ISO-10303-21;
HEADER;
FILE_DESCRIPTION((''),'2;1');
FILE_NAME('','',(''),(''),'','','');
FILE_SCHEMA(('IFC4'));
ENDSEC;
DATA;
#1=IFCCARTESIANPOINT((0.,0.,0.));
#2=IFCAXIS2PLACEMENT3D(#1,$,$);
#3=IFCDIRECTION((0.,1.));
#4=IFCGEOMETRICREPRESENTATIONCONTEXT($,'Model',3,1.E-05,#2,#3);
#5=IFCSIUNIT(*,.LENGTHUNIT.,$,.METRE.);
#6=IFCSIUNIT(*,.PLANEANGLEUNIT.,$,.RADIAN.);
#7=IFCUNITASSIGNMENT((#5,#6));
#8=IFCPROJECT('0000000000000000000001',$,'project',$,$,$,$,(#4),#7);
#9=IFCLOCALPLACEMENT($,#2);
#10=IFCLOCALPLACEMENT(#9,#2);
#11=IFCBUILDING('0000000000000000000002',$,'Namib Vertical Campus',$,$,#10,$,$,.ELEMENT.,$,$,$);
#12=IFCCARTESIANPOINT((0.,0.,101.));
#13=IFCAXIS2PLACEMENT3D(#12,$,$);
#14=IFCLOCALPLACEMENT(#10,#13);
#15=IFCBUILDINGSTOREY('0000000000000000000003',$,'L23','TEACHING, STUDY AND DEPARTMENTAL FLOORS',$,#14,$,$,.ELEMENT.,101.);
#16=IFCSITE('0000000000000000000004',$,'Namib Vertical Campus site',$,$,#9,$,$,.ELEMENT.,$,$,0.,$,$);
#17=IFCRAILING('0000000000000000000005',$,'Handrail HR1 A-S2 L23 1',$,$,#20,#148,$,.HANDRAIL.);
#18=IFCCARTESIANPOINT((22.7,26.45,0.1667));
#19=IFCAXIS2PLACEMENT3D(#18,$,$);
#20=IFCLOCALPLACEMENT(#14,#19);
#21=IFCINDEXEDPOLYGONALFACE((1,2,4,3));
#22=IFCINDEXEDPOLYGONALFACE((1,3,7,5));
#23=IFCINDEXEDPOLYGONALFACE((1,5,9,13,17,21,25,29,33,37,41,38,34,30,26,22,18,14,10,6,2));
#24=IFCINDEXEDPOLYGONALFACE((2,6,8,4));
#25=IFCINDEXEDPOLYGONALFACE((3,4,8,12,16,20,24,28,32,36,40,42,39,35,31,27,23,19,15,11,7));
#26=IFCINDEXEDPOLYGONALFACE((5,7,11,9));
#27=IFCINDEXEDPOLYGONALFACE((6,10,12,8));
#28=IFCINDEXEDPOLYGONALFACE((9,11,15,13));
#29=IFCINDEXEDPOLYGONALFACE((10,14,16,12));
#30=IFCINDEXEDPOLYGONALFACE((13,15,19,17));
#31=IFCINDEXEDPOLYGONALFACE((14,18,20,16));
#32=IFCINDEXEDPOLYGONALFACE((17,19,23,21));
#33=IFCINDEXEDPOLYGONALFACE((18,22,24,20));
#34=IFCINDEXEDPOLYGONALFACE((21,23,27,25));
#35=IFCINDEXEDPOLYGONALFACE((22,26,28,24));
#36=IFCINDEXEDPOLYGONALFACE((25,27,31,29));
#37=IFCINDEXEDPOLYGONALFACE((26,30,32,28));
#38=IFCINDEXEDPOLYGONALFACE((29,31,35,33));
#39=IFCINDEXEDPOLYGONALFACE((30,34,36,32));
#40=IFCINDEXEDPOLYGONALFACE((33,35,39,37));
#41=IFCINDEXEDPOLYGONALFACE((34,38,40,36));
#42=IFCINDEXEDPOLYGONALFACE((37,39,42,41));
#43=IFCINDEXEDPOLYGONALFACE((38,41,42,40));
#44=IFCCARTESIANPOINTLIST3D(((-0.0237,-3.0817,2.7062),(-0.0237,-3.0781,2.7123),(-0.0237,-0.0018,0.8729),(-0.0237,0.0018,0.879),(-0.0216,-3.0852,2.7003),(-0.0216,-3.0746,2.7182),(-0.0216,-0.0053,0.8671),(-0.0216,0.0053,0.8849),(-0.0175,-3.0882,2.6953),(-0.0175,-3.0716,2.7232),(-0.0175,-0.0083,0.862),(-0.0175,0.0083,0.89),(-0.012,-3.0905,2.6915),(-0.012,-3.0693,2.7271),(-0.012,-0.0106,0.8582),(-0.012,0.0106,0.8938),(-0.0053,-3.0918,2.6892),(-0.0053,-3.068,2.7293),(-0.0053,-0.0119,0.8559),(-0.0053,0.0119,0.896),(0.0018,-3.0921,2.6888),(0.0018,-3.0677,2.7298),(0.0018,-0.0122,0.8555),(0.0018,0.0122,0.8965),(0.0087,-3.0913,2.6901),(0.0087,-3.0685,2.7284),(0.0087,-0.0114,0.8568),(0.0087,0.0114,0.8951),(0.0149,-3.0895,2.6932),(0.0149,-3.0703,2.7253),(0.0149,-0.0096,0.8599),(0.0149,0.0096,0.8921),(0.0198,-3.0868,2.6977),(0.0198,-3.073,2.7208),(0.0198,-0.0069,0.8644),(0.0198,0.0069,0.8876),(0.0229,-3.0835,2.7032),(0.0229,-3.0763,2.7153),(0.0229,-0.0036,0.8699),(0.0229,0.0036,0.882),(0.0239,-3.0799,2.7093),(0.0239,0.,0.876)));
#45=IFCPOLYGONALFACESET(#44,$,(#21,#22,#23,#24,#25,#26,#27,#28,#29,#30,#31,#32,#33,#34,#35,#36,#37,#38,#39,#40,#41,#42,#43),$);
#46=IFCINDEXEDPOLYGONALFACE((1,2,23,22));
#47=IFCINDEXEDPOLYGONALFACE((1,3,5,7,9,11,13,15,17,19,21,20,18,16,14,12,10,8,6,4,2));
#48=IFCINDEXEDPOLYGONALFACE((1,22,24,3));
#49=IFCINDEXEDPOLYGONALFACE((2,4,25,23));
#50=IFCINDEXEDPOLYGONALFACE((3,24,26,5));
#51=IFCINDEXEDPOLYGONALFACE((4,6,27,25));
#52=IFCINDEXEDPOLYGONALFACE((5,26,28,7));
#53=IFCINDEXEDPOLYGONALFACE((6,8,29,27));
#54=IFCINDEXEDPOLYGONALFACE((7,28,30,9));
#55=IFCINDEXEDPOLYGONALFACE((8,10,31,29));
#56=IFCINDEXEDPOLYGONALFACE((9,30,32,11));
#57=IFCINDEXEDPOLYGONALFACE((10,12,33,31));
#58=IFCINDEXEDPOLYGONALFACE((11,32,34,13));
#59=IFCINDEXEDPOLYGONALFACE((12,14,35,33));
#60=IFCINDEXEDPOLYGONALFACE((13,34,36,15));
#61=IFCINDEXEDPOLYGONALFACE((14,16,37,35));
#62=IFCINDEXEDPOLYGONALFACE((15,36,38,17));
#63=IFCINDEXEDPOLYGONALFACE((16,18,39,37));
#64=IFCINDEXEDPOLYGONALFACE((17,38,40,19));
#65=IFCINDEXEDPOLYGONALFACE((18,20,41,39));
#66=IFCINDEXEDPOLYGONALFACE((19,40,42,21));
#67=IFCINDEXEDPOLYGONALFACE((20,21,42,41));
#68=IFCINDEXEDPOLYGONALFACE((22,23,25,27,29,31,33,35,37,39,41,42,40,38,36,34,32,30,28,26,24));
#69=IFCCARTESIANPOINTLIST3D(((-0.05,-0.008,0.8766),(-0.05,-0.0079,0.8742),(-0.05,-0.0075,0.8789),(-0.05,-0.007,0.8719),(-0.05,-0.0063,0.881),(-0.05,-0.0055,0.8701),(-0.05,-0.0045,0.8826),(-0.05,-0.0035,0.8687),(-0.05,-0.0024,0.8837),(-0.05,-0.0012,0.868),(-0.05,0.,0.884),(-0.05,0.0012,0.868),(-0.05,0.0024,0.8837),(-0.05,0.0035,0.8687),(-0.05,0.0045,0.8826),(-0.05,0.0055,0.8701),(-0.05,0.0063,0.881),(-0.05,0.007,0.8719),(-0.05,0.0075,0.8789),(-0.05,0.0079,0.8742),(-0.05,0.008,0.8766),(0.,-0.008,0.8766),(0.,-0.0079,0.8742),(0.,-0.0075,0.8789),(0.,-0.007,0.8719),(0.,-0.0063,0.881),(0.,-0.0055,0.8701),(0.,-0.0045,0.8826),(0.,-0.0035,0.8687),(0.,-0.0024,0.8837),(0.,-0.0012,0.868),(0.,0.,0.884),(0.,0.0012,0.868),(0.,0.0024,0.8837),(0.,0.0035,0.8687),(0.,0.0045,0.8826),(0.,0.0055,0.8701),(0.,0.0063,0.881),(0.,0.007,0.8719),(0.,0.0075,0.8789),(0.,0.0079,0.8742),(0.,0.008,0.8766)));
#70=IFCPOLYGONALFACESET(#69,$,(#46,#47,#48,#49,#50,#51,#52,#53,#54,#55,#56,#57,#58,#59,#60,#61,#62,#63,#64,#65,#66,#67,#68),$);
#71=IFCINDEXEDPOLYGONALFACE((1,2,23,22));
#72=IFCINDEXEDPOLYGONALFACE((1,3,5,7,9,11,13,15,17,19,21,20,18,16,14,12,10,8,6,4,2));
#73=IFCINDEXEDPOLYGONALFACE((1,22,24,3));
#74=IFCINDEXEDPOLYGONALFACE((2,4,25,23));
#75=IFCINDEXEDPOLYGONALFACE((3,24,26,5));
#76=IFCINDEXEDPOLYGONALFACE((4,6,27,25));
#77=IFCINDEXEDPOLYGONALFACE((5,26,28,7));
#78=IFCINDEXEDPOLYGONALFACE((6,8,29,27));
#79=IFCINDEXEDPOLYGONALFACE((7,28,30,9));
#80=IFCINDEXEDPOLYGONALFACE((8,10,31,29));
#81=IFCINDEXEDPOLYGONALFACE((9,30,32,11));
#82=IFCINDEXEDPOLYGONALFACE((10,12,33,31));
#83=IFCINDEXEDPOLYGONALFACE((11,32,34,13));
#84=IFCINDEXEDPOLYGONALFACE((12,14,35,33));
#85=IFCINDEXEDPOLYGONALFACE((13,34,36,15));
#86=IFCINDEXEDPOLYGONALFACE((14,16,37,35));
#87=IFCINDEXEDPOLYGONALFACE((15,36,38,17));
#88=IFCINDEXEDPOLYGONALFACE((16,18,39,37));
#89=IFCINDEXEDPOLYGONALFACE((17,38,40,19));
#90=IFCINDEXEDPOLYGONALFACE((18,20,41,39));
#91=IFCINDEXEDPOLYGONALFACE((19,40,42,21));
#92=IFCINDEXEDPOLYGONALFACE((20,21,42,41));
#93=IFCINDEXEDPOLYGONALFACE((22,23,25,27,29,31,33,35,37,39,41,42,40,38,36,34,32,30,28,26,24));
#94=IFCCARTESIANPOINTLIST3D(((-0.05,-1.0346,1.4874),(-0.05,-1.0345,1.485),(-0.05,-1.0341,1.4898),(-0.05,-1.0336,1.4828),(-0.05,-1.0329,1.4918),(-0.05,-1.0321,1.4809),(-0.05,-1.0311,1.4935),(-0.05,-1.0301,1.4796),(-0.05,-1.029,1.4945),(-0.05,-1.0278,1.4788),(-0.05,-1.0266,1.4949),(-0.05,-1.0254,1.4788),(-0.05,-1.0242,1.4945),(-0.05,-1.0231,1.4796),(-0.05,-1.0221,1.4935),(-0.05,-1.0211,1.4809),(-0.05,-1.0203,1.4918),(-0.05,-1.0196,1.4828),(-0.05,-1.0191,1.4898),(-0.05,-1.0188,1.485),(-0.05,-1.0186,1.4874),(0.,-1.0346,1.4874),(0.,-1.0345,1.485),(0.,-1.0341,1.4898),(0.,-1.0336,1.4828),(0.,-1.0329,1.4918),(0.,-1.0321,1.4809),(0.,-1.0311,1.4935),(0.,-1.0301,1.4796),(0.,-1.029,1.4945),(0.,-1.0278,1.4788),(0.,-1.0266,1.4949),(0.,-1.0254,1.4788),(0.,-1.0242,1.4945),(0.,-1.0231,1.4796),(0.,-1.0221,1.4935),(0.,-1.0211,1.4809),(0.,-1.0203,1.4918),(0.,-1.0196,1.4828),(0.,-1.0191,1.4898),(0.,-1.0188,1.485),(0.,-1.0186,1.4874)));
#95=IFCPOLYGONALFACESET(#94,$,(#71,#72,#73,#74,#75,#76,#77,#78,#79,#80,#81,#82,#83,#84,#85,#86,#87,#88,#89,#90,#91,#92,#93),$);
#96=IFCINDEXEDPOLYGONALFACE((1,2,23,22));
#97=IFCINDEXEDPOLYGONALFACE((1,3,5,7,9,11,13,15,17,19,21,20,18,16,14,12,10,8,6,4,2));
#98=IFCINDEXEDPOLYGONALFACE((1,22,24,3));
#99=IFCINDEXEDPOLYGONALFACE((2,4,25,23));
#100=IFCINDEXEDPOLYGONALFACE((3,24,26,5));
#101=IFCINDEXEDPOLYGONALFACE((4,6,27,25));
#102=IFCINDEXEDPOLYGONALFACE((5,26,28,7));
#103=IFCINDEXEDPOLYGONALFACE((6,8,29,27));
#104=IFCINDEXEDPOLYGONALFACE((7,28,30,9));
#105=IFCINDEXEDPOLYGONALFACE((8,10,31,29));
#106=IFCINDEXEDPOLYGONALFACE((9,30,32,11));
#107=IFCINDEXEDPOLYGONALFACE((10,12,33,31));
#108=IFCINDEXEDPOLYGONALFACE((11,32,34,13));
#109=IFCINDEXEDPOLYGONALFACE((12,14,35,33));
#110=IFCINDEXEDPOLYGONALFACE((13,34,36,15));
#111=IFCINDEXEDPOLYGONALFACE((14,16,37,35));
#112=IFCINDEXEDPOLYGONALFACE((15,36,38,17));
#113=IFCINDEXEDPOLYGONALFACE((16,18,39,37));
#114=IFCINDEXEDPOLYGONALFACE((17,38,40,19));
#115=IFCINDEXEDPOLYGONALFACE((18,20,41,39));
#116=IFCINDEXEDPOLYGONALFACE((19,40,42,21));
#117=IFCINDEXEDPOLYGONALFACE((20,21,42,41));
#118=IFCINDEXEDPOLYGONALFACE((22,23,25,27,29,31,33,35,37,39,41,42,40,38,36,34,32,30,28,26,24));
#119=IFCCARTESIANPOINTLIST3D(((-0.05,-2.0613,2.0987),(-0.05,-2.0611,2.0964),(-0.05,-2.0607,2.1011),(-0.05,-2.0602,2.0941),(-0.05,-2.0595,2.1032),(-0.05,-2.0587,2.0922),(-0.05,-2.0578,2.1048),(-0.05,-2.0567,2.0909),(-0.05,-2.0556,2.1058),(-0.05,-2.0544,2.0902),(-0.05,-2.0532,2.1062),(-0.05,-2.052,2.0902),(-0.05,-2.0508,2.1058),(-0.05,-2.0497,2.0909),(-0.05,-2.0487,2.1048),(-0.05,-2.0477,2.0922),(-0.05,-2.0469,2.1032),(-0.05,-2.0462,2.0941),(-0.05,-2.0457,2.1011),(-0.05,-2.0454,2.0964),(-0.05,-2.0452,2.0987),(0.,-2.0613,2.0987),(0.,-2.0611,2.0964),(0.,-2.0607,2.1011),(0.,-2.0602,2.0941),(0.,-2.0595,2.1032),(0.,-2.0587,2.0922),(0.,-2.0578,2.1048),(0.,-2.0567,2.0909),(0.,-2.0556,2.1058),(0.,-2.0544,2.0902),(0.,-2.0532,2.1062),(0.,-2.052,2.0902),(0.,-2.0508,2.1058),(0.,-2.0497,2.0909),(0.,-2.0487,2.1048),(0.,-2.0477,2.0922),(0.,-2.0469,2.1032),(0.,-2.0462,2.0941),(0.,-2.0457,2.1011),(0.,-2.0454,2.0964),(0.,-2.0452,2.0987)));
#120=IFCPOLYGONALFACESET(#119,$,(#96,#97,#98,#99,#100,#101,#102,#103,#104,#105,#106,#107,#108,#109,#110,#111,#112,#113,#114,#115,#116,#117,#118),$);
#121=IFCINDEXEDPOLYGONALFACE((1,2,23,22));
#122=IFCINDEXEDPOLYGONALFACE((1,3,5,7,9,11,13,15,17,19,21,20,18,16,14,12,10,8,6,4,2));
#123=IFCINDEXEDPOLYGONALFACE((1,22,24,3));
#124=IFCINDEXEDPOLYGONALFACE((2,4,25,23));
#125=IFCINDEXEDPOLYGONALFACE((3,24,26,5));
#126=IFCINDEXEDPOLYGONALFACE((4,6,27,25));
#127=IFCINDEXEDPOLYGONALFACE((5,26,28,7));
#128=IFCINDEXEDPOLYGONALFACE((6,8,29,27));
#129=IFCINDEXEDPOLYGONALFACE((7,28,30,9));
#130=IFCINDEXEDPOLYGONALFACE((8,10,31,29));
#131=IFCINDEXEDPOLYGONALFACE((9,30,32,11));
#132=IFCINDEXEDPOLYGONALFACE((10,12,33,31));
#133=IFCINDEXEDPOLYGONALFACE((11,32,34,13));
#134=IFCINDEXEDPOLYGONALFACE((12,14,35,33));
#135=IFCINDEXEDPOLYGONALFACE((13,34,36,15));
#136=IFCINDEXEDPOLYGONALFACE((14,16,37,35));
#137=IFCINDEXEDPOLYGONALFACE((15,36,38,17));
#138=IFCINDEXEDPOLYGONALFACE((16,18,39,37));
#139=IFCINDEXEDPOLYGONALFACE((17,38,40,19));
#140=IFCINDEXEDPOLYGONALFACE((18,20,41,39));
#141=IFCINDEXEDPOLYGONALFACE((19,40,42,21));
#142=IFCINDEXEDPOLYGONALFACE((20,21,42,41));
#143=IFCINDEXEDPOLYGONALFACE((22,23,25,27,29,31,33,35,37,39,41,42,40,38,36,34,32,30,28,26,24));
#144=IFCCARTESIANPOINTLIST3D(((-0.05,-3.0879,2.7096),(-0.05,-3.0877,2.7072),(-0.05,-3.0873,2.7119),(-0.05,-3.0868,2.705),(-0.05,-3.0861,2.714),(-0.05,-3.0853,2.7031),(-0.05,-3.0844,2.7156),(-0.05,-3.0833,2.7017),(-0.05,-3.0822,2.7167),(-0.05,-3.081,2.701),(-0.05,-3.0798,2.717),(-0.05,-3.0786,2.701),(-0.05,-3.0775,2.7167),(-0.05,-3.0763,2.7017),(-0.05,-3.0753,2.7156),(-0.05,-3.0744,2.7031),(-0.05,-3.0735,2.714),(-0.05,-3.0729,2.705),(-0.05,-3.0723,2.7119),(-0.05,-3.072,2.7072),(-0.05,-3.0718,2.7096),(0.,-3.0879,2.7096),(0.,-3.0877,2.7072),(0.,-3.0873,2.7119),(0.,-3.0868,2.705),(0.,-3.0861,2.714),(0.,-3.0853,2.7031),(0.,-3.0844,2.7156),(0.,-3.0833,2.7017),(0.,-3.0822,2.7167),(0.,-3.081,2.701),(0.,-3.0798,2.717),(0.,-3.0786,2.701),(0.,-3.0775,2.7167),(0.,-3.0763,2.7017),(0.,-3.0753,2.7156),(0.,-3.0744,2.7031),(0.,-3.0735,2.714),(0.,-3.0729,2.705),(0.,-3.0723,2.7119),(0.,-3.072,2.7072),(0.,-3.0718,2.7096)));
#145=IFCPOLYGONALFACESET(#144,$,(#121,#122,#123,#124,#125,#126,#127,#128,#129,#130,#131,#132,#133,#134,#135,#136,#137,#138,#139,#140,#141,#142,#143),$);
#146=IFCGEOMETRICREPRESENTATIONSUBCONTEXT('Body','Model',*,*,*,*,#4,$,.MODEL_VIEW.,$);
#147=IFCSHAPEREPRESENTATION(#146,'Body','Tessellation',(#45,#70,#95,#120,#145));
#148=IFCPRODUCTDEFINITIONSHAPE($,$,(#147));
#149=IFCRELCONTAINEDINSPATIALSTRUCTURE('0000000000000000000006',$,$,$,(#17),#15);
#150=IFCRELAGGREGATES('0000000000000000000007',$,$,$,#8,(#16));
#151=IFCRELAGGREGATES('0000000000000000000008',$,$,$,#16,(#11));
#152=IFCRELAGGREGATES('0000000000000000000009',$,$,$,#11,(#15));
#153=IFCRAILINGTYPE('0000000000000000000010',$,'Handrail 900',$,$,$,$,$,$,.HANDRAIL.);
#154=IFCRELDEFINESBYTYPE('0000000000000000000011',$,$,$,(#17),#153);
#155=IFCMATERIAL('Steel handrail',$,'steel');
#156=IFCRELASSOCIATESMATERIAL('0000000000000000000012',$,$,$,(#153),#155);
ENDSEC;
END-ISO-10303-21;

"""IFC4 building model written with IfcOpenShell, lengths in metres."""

from ifc_helpers import new_model, si_unit, direction, frame, origin, origin_2d, place, context, subcontext, project, spatial, circle, extrude, material, type_object, element, save


model = new_model("IFC4")

# Units and contexts
model_context = context("Model", 3, precision=1e-05, world=origin(), true_north=direction((0.0, 1.0)))
body_context = subcontext(model_context, "Body", "Model", "MODEL_VIEW")
ifc_project = project(units=[si_unit("LENGTHUNIT", "METRE"), si_unit("PLANEANGLEUNIT", "RADIAN")], contexts=[model_context])

# Site, building, storey
site_placement = place(None, origin())
site = spatial("IfcSite", under=ifc_project, at=site_placement, Name="Namib Vertical Campus site", CompositionType="ELEMENT", RefElevation=0.0)
building_placement = place(site_placement, origin())
building = spatial("IfcBuilding", under=site, at=building_placement, Name="Namib Vertical Campus", CompositionType="ELEMENT")
storey_placement = place(building_placement, frame((0.0, 0.0, 101.0)))
storey = spatial("IfcBuildingStorey", under=building, at=storey_placement, Name="L23", Description="TEACHING, STUDY AND DEPARTMENTAL FLOORS", CompositionType="ELEMENT", Elevation=101.0)

# Railing
ifc_material_1 = material(Name="Steel handrail", Category="steel")
railing_type_1 = type_object("IfcRailingType", Name="Handrail 900", PredefinedType="HANDRAIL", material=ifc_material_1)
railing_1_placement = place(storey_placement, frame((22.7, 26.45, 0.1667)))
element("IfcRailing", 1, at=railing_1_placement, inside=storey, type_object=railing_type_1, Name="Handrail HR1 A-S2 L23 1", PredefinedType="HANDRAIL", context=body_context, shape_type="SweptSolid", body=[
    extrude(circle(Radius=0.0239, at=origin_2d()), frame((0.0, 0.0, 0.876), z_axis=(0.0, -0.859291, 0.511487), x_axis=(1.0, 0.0, 0.0)), (0.0, 0.0, 1.0), 3.5842),
    extrude(circle(Radius=0.0081, at=origin_2d()), frame((0.0, 0.0, 0.876), z_axis=(-1.0, 0.0, 0.0), x_axis=(0.0, 0.0, 1.0)), (0.0, 0.0, 1.0), 0.05),
    extrude(circle(Radius=0.0081, at=origin_2d()), frame((0.0, -1.0266, 1.4868), z_axis=(-1.0, 0.0, 0.0), x_axis=(0.0, 0.0, 1.0)), (0.0, 0.0, 1.0), 0.05),
    extrude(circle(Radius=0.0081, at=origin_2d()), frame((0.0, -2.0532, 2.0981), z_axis=(-1.0, 0.0, 0.0), x_axis=(0.0, 0.0, 1.0)), (0.0, 0.0, 1.0), 0.05),
    extrude(circle(Radius=0.0081, at=origin_2d()), frame((0.0, -3.0798, 2.709), z_axis=(-1.0, 0.0, 0.0), x_axis=(0.0, 0.0, 1.0)), (0.0, 0.0, 1.0), 0.05),
])

save(model, "model.ifc")
